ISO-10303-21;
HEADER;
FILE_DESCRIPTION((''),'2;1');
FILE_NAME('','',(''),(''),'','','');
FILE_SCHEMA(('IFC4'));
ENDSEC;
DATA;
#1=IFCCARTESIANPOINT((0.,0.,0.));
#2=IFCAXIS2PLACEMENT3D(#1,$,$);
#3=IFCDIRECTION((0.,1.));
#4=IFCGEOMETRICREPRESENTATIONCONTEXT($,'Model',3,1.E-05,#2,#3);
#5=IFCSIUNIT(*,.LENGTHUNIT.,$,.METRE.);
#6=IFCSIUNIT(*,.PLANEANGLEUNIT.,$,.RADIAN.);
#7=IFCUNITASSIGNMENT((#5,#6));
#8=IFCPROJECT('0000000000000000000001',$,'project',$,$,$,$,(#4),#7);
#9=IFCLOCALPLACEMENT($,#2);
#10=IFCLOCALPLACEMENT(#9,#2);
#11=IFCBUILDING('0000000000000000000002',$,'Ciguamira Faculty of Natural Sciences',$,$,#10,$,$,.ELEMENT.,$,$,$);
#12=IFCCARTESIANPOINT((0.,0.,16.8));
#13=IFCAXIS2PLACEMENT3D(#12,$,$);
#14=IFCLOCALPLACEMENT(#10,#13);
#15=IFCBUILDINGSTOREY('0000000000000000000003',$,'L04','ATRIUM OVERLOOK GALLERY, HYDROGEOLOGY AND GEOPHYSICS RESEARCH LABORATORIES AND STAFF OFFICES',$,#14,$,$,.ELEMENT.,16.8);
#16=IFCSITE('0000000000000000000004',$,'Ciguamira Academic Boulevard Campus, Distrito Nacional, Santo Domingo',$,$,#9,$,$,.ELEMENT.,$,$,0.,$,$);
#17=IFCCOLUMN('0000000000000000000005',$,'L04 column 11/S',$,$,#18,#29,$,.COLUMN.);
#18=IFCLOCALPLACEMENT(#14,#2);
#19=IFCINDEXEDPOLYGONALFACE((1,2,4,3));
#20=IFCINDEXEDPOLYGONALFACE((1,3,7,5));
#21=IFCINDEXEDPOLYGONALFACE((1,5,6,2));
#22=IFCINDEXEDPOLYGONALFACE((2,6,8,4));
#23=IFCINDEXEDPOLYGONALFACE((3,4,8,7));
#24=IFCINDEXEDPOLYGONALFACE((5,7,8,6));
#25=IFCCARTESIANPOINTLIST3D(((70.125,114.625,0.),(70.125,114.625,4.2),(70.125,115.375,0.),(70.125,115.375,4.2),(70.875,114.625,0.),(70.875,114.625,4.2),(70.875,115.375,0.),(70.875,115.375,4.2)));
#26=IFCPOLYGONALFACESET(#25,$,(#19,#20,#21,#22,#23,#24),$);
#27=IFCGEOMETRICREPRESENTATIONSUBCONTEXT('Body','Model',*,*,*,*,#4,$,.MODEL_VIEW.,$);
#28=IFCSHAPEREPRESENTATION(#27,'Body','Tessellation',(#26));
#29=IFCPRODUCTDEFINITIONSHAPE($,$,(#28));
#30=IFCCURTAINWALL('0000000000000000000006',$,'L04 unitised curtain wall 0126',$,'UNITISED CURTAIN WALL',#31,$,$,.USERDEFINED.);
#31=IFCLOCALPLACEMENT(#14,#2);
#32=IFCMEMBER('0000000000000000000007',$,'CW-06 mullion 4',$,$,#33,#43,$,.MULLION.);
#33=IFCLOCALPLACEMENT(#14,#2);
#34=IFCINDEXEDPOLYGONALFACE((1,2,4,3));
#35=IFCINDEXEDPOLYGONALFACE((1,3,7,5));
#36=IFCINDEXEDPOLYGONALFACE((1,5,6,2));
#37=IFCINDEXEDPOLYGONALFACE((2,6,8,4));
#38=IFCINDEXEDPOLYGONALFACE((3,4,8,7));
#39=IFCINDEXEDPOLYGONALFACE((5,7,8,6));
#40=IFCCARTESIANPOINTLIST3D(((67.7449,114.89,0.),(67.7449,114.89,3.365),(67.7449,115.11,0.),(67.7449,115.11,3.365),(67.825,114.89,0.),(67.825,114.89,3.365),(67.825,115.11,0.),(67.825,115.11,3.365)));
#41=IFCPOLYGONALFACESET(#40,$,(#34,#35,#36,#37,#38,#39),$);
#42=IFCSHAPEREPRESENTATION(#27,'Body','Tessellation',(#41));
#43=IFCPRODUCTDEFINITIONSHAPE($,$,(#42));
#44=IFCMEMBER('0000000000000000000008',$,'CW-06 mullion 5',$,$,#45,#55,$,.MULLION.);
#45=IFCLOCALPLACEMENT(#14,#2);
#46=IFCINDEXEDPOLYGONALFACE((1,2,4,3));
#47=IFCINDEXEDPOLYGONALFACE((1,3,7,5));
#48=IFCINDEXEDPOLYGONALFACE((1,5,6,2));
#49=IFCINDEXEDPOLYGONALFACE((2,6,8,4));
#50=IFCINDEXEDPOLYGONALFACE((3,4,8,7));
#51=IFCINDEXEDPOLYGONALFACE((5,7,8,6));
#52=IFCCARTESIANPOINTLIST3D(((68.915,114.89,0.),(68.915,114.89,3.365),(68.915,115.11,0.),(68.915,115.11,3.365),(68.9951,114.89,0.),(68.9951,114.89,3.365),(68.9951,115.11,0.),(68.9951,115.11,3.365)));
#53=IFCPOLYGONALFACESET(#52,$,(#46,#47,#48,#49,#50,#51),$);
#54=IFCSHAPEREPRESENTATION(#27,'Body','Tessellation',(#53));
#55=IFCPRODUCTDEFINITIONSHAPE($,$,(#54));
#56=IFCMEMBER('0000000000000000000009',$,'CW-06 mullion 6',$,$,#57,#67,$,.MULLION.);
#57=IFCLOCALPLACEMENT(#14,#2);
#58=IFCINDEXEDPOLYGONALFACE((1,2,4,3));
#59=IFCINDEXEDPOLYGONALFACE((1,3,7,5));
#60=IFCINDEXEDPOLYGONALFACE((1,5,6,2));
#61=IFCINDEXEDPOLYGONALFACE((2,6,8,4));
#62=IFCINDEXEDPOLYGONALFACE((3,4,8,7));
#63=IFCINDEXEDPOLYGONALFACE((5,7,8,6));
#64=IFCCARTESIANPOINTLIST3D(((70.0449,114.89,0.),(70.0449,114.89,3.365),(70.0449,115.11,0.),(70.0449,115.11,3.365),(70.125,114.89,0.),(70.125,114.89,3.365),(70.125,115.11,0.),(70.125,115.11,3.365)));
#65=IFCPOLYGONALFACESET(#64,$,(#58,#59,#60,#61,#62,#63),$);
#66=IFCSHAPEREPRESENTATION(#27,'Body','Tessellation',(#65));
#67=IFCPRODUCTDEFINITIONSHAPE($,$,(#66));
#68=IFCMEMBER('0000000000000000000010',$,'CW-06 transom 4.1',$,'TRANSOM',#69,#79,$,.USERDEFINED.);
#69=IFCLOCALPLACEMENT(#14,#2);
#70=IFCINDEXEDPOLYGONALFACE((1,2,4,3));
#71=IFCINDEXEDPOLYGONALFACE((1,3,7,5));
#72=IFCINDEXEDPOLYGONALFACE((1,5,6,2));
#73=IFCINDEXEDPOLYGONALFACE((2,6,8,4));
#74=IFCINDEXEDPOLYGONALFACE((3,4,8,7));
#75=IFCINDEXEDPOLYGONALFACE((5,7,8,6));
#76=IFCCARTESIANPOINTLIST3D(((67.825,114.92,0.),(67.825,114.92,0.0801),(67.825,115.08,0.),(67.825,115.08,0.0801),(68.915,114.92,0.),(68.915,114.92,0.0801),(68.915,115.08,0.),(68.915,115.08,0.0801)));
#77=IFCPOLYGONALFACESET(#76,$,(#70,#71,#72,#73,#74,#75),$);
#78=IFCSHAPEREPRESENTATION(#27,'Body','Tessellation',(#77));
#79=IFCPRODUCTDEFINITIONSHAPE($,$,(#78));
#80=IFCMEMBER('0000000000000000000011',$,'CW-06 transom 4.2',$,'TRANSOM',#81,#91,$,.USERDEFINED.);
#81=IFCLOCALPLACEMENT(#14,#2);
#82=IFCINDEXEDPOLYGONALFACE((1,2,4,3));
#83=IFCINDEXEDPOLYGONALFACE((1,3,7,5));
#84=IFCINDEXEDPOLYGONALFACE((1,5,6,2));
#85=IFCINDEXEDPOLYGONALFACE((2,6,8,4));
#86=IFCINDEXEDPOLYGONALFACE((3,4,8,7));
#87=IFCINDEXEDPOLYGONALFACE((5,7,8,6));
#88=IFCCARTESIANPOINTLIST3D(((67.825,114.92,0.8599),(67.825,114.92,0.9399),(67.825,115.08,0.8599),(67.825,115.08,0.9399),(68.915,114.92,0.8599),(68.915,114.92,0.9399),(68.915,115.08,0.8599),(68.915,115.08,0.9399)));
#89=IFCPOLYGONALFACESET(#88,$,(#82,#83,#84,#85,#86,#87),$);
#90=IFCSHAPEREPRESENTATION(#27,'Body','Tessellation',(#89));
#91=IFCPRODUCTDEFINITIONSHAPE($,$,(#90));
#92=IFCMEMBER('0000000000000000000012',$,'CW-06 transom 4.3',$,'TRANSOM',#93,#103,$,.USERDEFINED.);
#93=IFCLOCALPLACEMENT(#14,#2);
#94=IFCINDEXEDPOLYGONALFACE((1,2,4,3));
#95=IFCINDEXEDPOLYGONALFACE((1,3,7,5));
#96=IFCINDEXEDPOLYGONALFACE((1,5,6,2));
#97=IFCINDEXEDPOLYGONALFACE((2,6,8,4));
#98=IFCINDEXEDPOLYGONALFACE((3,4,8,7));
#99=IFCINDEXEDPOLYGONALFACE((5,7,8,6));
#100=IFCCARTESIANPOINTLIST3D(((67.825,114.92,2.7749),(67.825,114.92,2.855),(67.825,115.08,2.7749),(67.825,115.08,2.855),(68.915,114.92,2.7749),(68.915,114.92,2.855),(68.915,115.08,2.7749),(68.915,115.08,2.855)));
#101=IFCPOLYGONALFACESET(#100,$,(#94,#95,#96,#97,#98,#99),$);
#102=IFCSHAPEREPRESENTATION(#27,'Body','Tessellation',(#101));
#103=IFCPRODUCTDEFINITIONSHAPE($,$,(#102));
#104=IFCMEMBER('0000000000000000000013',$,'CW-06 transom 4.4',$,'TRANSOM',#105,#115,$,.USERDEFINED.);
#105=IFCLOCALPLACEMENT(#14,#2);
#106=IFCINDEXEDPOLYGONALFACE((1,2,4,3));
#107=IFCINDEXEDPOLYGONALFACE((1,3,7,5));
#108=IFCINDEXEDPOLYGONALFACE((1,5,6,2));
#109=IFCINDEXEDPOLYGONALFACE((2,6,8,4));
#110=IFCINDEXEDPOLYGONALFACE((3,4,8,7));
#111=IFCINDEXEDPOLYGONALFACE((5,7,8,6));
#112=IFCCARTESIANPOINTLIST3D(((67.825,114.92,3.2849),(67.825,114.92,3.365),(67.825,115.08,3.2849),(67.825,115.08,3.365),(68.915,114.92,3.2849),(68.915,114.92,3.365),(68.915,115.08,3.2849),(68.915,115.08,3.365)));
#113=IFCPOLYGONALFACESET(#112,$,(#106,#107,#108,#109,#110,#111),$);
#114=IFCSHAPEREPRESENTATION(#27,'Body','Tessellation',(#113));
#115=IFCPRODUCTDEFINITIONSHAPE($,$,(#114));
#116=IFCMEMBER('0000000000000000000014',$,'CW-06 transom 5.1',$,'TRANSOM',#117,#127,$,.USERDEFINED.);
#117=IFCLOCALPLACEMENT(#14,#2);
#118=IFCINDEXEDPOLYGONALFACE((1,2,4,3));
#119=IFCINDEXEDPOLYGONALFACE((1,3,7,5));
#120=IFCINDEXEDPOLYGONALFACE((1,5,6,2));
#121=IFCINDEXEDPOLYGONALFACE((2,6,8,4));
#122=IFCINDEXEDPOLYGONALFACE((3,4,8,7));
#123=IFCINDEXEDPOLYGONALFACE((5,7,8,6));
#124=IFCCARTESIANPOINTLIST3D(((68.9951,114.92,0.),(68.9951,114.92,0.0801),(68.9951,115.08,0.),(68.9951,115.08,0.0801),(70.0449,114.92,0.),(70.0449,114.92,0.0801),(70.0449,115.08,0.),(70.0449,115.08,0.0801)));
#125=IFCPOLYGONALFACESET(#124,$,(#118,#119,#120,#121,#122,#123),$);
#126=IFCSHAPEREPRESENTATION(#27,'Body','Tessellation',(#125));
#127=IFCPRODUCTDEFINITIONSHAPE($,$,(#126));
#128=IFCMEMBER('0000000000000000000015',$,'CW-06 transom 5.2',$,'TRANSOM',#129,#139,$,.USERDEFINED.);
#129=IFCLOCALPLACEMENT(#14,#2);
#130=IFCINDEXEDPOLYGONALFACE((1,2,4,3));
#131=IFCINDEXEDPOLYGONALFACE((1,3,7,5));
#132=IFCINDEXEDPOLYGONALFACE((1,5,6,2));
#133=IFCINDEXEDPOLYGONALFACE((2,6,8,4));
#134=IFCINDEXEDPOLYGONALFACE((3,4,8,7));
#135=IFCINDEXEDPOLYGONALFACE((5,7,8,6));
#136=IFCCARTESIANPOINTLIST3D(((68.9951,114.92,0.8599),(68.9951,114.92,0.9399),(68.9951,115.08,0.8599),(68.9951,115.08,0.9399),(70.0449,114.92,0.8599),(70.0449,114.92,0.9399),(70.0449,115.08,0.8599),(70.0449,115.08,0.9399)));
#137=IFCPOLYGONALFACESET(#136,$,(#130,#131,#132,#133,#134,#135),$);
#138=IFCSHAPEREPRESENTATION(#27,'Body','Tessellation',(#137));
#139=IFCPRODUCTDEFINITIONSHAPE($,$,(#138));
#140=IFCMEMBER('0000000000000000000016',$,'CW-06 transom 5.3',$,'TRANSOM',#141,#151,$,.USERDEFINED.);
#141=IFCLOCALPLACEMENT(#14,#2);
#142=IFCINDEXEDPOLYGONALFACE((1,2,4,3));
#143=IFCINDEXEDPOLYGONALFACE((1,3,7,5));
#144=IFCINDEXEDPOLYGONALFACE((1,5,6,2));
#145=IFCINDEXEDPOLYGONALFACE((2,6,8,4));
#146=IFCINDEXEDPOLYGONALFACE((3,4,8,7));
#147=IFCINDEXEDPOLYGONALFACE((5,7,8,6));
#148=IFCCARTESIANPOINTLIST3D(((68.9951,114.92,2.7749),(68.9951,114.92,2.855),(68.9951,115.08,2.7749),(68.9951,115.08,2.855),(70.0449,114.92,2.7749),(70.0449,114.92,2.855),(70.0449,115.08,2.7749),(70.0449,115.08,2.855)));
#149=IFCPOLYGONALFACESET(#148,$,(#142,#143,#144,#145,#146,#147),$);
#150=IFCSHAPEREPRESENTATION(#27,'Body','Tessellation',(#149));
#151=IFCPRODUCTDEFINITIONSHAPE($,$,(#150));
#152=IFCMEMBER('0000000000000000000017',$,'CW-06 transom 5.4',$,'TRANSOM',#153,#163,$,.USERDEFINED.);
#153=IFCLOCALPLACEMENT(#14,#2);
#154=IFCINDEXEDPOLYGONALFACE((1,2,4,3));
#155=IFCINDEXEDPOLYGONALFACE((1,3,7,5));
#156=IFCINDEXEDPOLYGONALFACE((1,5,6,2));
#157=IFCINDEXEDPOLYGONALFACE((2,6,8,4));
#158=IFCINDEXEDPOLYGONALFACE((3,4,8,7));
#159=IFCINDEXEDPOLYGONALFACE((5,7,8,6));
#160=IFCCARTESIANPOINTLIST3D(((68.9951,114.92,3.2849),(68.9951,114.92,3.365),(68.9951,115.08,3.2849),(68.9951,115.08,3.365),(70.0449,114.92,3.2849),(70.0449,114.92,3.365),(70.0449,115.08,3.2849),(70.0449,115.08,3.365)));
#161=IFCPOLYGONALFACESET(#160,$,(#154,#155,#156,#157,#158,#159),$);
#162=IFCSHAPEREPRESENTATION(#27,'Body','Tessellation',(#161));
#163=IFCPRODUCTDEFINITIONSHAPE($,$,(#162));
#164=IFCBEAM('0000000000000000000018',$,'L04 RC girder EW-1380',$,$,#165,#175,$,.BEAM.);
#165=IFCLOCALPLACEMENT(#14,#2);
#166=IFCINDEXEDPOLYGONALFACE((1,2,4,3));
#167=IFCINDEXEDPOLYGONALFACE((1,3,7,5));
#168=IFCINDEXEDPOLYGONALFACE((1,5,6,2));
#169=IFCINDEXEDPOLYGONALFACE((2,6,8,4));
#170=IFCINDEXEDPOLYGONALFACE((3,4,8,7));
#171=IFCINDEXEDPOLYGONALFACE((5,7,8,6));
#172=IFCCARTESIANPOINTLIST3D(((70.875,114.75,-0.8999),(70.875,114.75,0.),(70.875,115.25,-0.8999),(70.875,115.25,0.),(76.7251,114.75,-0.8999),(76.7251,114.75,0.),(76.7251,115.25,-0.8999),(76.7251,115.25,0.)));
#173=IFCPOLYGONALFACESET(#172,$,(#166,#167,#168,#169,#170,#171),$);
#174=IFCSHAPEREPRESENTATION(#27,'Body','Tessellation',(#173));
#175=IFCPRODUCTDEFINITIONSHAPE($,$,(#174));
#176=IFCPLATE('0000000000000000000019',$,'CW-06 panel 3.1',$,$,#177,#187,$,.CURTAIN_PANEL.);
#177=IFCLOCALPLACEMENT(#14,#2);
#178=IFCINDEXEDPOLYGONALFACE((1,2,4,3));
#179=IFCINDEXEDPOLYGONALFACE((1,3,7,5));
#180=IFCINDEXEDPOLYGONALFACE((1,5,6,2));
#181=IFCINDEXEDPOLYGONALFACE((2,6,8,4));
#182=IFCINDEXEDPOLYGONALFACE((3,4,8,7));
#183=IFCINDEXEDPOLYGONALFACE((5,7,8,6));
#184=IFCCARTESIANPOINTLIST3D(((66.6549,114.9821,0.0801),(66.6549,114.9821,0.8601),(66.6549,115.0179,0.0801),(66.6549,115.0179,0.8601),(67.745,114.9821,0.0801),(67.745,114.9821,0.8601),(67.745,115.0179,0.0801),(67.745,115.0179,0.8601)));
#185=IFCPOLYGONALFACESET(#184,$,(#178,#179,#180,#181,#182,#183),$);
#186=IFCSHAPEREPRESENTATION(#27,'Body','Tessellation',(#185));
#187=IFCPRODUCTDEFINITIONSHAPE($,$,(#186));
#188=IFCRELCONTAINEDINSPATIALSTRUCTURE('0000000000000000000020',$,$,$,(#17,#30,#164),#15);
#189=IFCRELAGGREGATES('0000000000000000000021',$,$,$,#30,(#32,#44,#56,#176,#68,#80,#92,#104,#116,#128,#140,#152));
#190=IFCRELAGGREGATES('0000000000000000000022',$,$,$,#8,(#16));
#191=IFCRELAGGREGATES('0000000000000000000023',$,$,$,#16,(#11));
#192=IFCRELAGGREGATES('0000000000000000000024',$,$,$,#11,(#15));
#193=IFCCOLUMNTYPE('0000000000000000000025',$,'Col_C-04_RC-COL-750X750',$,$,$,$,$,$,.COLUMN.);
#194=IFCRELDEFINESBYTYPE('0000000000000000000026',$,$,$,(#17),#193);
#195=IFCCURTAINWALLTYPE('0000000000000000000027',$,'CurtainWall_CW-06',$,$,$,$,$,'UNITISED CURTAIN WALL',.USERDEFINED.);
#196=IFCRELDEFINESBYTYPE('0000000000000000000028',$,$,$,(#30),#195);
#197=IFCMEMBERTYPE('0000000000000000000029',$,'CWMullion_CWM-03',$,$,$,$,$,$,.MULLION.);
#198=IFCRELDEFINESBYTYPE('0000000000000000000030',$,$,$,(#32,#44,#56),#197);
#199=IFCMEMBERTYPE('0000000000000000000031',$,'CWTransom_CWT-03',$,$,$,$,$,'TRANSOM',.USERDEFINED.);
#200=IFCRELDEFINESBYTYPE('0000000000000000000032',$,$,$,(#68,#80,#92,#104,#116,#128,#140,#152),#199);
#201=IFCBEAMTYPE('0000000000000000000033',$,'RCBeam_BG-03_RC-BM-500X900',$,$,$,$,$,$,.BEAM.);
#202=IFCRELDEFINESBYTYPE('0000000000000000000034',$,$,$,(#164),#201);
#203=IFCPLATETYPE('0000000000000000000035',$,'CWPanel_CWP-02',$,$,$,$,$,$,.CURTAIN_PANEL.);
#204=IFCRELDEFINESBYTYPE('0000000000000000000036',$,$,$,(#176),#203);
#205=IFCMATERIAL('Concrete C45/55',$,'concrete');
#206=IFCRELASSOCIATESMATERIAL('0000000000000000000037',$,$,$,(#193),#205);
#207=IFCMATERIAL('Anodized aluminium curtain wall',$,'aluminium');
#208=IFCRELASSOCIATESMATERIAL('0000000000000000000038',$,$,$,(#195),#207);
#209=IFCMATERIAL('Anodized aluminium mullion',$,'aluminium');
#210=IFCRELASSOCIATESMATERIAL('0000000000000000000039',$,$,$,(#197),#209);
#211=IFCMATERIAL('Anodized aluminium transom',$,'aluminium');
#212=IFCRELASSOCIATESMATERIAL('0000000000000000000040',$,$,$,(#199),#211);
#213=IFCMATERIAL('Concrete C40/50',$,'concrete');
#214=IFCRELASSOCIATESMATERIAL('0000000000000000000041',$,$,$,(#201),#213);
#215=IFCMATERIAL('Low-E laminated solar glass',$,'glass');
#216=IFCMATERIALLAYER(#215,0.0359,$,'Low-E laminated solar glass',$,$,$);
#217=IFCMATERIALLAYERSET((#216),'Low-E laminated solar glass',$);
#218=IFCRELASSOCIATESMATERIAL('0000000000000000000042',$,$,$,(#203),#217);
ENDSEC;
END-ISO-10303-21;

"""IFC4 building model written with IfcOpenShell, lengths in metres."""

from ifc_helpers import new_model, si_unit, direction, frame, origin, origin_2d, place, context, subcontext, project, spatial, rectangle, extrude, material, layer, layer_set, material_profile, profile_set, type_object, element, aggregate, save


model = new_model("IFC4")

# Units and contexts
model_context = context("Model", 3, precision=1e-05, world=origin(), true_north=direction((0.0, 1.0)))
body_context = subcontext(model_context, "Body", "Model", "MODEL_VIEW")
ifc_project = project(units=[si_unit("LENGTHUNIT", "METRE"), si_unit("PLANEANGLEUNIT", "RADIAN")], contexts=[model_context])

# Site, building, storey
site_placement = place(None, origin())
site = spatial("IfcSite", under=ifc_project, at=site_placement, Name="Ciguamira Academic Boulevard Campus, Distrito Nacional, Santo Domingo", CompositionType="ELEMENT", RefElevation=0.0)
building_placement = place(site_placement, origin())
building = spatial("IfcBuilding", under=site, at=building_placement, Name="Ciguamira Faculty of Natural Sciences", CompositionType="ELEMENT")
storey_placement = place(building_placement, frame((0.0, 0.0, 16.8)))
storey = spatial("IfcBuildingStorey", under=building, at=storey_placement, Name="L04", Description="ATRIUM OVERLOOK GALLERY, HYDROGEOLOGY AND GEOPHYSICS RESEARCH LABORATORIES AND STAFF OFFICES", CompositionType="ELEMENT", Elevation=16.8)

# Column
ifc_material_1 = material(Name="Concrete C45/55", Category="concrete")
ifc_material_profile_1 = material_profile(ifc_material_1, rectangle(XDim=0.75, YDim=0.75, at=origin_2d()), Name="RC-COL-750X750")
ifc_profile_set_1 = profile_set([ifc_material_profile_1], Name="Concrete C45/55")
column_type = type_object("IfcColumnType", Name="Col_C-04_RC-COL-750X750", PredefinedType="COLUMN", material=ifc_profile_set_1)
column_placement = place(storey_placement, frame((70.5, 115.0, 0.0), z_axis=(0.0, 0.0, 1.0), x_axis=(1.0, 0.0, 0.0)))
element("IfcColumn", 1, at=column_placement, inside=storey, type_object=column_type, Name="L04 column 11/S", PredefinedType="COLUMN", context=body_context, shape_type="SweptSolid", body=[
    extrude(rectangle(XDim=0.75, YDim=0.75, at=origin_2d()), origin(), (0.0, 0.0, 1.0), 4.2),
])

# Curtain wall, members
ifc_material_2 = material(Name="Anodized aluminium curtain wall", Category="aluminium")
curtain_wall_type = type_object("IfcCurtainWallType", Name="CurtainWall_CW-06", ElementType="UNITISED CURTAIN WALL", PredefinedType="USERDEFINED", material=ifc_material_2)
curtain_wall_placement = place(storey_placement, origin())
curtain_wall = element("IfcCurtainWall", 2, at=curtain_wall_placement, inside=storey, type_object=curtain_wall_type, Name="L04 unitised curtain wall 0126", ObjectType="UNITISED CURTAIN WALL", PredefinedType="USERDEFINED")
ifc_material_3 = material(Name="Anodized aluminium mullion", Category="aluminium")
ifc_material_profile_2 = material_profile(ifc_material_3, rectangle(XDim=0.0801, YDim=0.22, at=origin_2d()), Name="ALU-MUL-80X220")
ifc_profile_set_2 = profile_set([ifc_material_profile_2], Name="Anodized aluminium mullion")
member_type_1 = type_object("IfcMemberType", Name="CWMullion_CWM-03", PredefinedType="MULLION", material=ifc_profile_set_2)
member_1_placement = place(storey_placement, frame((67.7849, 115.0, 0.0), z_axis=(0.0, 0.0, 1.0), x_axis=(1.0, 0.0, 0.0)))
member_1 = element("IfcMember", 3, at=member_1_placement, type_object=member_type_1, Name="CW-06 mullion 4", PredefinedType="MULLION", context=body_context, shape_type="SweptSolid", body=[
    extrude(rectangle(XDim=0.0801, YDim=0.22, at=origin_2d()), origin(), (0.0, 0.0, 1.0), 3.365),
])
member_2_placement = place(storey_placement, frame((68.9551, 115.0, 0.0), z_axis=(0.0, 0.0, 1.0), x_axis=(1.0, 0.0, 0.0)))
member_2 = element("IfcMember", 4, at=member_2_placement, type_object=member_type_1, Name="CW-06 mullion 5", PredefinedType="MULLION", context=body_context, shape_type="SweptSolid", body=[
    extrude(rectangle(XDim=0.0801, YDim=0.22, at=origin_2d()), origin(), (0.0, 0.0, 1.0), 3.365),
])
member_3_placement = place(storey_placement, frame((70.085, 115.0, 0.0), z_axis=(0.0, 0.0, 1.0), x_axis=(1.0, 0.0, 0.0)))
member_3 = element("IfcMember", 5, at=member_3_placement, type_object=member_type_1, Name="CW-06 mullion 6", PredefinedType="MULLION", context=body_context, shape_type="SweptSolid", body=[
    extrude(rectangle(XDim=0.0801, YDim=0.22, at=origin_2d()), origin(), (0.0, 0.0, 1.0), 3.365),
])
ifc_material_4 = material(Name="Anodized aluminium transom", Category="aluminium")
ifc_material_profile_3 = material_profile(ifc_material_4, rectangle(XDim=0.0801, YDim=0.1599, at=origin_2d()), Name="ALU-TRN-80X160")
ifc_profile_set_3 = profile_set([ifc_material_profile_3], Name="Anodized aluminium transom")
member_type_2 = type_object("IfcMemberType", Name="CWTransom_CWT-03", ElementType="TRANSOM", PredefinedType="USERDEFINED", material=ifc_profile_set_3)
member_4_placement = place(storey_placement, frame((67.825, 115.0, 0.04), z_axis=(1.0, 0.0, 0.0), x_axis=(0.0, 0.0, 1.0)))
member_4 = element("IfcMember", 6, at=member_4_placement, type_object=member_type_2, Name="CW-06 transom 4.1", ObjectType="TRANSOM", PredefinedType="USERDEFINED", context=body_context, shape_type="SweptSolid", body=[
    extrude(rectangle(XDim=0.0801, YDim=0.1599, at=origin_2d()), origin(), (0.0, 0.0, 1.0), 1.0901),
])
member_5_placement = place(storey_placement, frame((67.825, 115.0, 0.8999), z_axis=(1.0, 0.0, 0.0), x_axis=(0.0, 0.0, 1.0)))
member_5 = element("IfcMember", 7, at=member_5_placement, type_object=member_type_2, Name="CW-06 transom 4.2", ObjectType="TRANSOM", PredefinedType="USERDEFINED", context=body_context, shape_type="SweptSolid", body=[
    extrude(rectangle(XDim=0.0801, YDim=0.1599, at=origin_2d()), origin(), (0.0, 0.0, 1.0), 1.0901),
])
member_6_placement = place(storey_placement, frame((67.825, 115.0, 2.8149), z_axis=(1.0, 0.0, 0.0), x_axis=(0.0, 0.0, 1.0)))
member_6 = element("IfcMember", 8, at=member_6_placement, type_object=member_type_2, Name="CW-06 transom 4.3", ObjectType="TRANSOM", PredefinedType="USERDEFINED", context=body_context, shape_type="SweptSolid", body=[
    extrude(rectangle(XDim=0.0801, YDim=0.1599, at=origin_2d()), origin(), (0.0, 0.0, 1.0), 1.0901),
])
member_7_placement = place(storey_placement, frame((67.825, 115.0, 3.325), z_axis=(1.0, 0.0, 0.0), x_axis=(0.0, 0.0, 1.0)))
member_7 = element("IfcMember", 9, at=member_7_placement, type_object=member_type_2, Name="CW-06 transom 4.4", ObjectType="TRANSOM", PredefinedType="USERDEFINED", context=body_context, shape_type="SweptSolid", body=[
    extrude(rectangle(XDim=0.0801, YDim=0.1599, at=origin_2d()), origin(), (0.0, 0.0, 1.0), 1.0901),
])
member_8_placement = place(storey_placement, frame((68.9951, 115.0, 0.04), z_axis=(1.0, 0.0, 0.0), x_axis=(0.0, 0.0, 1.0)))
member_8 = element("IfcMember", 10, at=member_8_placement, type_object=member_type_2, Name="CW-06 transom 5.1", ObjectType="TRANSOM", PredefinedType="USERDEFINED", context=body_context, shape_type="SweptSolid", body=[
    extrude(rectangle(XDim=0.0801, YDim=0.1599, at=origin_2d()), origin(), (0.0, 0.0, 1.0), 1.0498),
])
member_9_placement = place(storey_placement, frame((68.9951, 115.0, 0.8999), z_axis=(1.0, 0.0, 0.0), x_axis=(0.0, 0.0, 1.0)))
member_9 = element("IfcMember", 11, at=member_9_placement, type_object=member_type_2, Name="CW-06 transom 5.2", ObjectType="TRANSOM", PredefinedType="USERDEFINED", context=body_context, shape_type="SweptSolid", body=[
    extrude(rectangle(XDim=0.0801, YDim=0.1599, at=origin_2d()), origin(), (0.0, 0.0, 1.0), 1.0498),
])
member_10_placement = place(storey_placement, frame((68.9951, 115.0, 2.8149), z_axis=(1.0, 0.0, 0.0), x_axis=(0.0, 0.0, 1.0)))
member_10 = element("IfcMember", 12, at=member_10_placement, type_object=member_type_2, Name="CW-06 transom 5.3", ObjectType="TRANSOM", PredefinedType="USERDEFINED", context=body_context, shape_type="SweptSolid", body=[
    extrude(rectangle(XDim=0.0801, YDim=0.1599, at=origin_2d()), origin(), (0.0, 0.0, 1.0), 1.0498),
])
member_11_placement = place(storey_placement, frame((68.9951, 115.0, 3.325), z_axis=(1.0, 0.0, 0.0), x_axis=(0.0, 0.0, 1.0)))
member_11 = element("IfcMember", 13, at=member_11_placement, type_object=member_type_2, Name="CW-06 transom 5.4", ObjectType="TRANSOM", PredefinedType="USERDEFINED", context=body_context, shape_type="SweptSolid", body=[
    extrude(rectangle(XDim=0.0801, YDim=0.1599, at=origin_2d()), origin(), (0.0, 0.0, 1.0), 1.0498),
])

# Beam
ifc_material_5 = material(Name="Concrete C40/50", Category="concrete")
ifc_material_profile_4 = material_profile(ifc_material_5, rectangle(XDim=0.5, YDim=0.8999, at=origin_2d()), Name="RC-BM-500X900")
ifc_profile_set_4 = profile_set([ifc_material_profile_4], Name="Concrete C40/50")
beam_type = type_object("IfcBeamType", Name="RCBeam_BG-03_RC-BM-500X900", PredefinedType="BEAM", material=ifc_profile_set_4)
beam_placement = place(storey_placement, frame((70.875, 115.0, -0.45), z_axis=(1.0, 0.0, 0.0), x_axis=(0.0, 1.0, 0.0)))
element("IfcBeam", 14, at=beam_placement, inside=storey, type_object=beam_type, Name="L04 RC girder EW-1380", PredefinedType="BEAM", context=body_context, shape_type="SweptSolid", body=[
    extrude(rectangle(XDim=0.5, YDim=0.8999, at=origin_2d()), origin(), (0.0, 0.0, 1.0), 5.8501),
])

# Plate
ifc_material_6 = material(Name="Low-E laminated solar glass", Category="glass")
ifc_layer_1 = layer(ifc_material_6, 0.0359, Name="Low-E laminated solar glass")
ifc_layer_set_1 = layer_set([ifc_layer_1], Name="Low-E laminated solar glass")
plate_type = type_object("IfcPlateType", Name="CWPanel_CWP-02", PredefinedType="CURTAIN_PANEL", material=ifc_layer_set_1)
plate_1_placement = place(storey_placement, frame((67.2, 115.0, 0.0801), z_axis=(0.0, 0.0, 1.0), x_axis=(1.0, 0.0, 0.0)))
plate_1 = element("IfcPlate", 15, at=plate_1_placement, type_object=plate_type, Name="CW-06 panel 3.1", PredefinedType="CURTAIN_PANEL", context=body_context, shape_type="SweptSolid", body=[
    extrude(rectangle(XDim=1.0901, YDim=0.0359, at=origin_2d()), origin(), (0.0, 0.0, 1.0), 0.78),
])
aggregate(curtain_wall, [member_1, member_2, member_3, plate_1, member_4, member_5, member_6, member_7, member_8, member_9, member_10, member_11])

save(model, "model.ifc")
